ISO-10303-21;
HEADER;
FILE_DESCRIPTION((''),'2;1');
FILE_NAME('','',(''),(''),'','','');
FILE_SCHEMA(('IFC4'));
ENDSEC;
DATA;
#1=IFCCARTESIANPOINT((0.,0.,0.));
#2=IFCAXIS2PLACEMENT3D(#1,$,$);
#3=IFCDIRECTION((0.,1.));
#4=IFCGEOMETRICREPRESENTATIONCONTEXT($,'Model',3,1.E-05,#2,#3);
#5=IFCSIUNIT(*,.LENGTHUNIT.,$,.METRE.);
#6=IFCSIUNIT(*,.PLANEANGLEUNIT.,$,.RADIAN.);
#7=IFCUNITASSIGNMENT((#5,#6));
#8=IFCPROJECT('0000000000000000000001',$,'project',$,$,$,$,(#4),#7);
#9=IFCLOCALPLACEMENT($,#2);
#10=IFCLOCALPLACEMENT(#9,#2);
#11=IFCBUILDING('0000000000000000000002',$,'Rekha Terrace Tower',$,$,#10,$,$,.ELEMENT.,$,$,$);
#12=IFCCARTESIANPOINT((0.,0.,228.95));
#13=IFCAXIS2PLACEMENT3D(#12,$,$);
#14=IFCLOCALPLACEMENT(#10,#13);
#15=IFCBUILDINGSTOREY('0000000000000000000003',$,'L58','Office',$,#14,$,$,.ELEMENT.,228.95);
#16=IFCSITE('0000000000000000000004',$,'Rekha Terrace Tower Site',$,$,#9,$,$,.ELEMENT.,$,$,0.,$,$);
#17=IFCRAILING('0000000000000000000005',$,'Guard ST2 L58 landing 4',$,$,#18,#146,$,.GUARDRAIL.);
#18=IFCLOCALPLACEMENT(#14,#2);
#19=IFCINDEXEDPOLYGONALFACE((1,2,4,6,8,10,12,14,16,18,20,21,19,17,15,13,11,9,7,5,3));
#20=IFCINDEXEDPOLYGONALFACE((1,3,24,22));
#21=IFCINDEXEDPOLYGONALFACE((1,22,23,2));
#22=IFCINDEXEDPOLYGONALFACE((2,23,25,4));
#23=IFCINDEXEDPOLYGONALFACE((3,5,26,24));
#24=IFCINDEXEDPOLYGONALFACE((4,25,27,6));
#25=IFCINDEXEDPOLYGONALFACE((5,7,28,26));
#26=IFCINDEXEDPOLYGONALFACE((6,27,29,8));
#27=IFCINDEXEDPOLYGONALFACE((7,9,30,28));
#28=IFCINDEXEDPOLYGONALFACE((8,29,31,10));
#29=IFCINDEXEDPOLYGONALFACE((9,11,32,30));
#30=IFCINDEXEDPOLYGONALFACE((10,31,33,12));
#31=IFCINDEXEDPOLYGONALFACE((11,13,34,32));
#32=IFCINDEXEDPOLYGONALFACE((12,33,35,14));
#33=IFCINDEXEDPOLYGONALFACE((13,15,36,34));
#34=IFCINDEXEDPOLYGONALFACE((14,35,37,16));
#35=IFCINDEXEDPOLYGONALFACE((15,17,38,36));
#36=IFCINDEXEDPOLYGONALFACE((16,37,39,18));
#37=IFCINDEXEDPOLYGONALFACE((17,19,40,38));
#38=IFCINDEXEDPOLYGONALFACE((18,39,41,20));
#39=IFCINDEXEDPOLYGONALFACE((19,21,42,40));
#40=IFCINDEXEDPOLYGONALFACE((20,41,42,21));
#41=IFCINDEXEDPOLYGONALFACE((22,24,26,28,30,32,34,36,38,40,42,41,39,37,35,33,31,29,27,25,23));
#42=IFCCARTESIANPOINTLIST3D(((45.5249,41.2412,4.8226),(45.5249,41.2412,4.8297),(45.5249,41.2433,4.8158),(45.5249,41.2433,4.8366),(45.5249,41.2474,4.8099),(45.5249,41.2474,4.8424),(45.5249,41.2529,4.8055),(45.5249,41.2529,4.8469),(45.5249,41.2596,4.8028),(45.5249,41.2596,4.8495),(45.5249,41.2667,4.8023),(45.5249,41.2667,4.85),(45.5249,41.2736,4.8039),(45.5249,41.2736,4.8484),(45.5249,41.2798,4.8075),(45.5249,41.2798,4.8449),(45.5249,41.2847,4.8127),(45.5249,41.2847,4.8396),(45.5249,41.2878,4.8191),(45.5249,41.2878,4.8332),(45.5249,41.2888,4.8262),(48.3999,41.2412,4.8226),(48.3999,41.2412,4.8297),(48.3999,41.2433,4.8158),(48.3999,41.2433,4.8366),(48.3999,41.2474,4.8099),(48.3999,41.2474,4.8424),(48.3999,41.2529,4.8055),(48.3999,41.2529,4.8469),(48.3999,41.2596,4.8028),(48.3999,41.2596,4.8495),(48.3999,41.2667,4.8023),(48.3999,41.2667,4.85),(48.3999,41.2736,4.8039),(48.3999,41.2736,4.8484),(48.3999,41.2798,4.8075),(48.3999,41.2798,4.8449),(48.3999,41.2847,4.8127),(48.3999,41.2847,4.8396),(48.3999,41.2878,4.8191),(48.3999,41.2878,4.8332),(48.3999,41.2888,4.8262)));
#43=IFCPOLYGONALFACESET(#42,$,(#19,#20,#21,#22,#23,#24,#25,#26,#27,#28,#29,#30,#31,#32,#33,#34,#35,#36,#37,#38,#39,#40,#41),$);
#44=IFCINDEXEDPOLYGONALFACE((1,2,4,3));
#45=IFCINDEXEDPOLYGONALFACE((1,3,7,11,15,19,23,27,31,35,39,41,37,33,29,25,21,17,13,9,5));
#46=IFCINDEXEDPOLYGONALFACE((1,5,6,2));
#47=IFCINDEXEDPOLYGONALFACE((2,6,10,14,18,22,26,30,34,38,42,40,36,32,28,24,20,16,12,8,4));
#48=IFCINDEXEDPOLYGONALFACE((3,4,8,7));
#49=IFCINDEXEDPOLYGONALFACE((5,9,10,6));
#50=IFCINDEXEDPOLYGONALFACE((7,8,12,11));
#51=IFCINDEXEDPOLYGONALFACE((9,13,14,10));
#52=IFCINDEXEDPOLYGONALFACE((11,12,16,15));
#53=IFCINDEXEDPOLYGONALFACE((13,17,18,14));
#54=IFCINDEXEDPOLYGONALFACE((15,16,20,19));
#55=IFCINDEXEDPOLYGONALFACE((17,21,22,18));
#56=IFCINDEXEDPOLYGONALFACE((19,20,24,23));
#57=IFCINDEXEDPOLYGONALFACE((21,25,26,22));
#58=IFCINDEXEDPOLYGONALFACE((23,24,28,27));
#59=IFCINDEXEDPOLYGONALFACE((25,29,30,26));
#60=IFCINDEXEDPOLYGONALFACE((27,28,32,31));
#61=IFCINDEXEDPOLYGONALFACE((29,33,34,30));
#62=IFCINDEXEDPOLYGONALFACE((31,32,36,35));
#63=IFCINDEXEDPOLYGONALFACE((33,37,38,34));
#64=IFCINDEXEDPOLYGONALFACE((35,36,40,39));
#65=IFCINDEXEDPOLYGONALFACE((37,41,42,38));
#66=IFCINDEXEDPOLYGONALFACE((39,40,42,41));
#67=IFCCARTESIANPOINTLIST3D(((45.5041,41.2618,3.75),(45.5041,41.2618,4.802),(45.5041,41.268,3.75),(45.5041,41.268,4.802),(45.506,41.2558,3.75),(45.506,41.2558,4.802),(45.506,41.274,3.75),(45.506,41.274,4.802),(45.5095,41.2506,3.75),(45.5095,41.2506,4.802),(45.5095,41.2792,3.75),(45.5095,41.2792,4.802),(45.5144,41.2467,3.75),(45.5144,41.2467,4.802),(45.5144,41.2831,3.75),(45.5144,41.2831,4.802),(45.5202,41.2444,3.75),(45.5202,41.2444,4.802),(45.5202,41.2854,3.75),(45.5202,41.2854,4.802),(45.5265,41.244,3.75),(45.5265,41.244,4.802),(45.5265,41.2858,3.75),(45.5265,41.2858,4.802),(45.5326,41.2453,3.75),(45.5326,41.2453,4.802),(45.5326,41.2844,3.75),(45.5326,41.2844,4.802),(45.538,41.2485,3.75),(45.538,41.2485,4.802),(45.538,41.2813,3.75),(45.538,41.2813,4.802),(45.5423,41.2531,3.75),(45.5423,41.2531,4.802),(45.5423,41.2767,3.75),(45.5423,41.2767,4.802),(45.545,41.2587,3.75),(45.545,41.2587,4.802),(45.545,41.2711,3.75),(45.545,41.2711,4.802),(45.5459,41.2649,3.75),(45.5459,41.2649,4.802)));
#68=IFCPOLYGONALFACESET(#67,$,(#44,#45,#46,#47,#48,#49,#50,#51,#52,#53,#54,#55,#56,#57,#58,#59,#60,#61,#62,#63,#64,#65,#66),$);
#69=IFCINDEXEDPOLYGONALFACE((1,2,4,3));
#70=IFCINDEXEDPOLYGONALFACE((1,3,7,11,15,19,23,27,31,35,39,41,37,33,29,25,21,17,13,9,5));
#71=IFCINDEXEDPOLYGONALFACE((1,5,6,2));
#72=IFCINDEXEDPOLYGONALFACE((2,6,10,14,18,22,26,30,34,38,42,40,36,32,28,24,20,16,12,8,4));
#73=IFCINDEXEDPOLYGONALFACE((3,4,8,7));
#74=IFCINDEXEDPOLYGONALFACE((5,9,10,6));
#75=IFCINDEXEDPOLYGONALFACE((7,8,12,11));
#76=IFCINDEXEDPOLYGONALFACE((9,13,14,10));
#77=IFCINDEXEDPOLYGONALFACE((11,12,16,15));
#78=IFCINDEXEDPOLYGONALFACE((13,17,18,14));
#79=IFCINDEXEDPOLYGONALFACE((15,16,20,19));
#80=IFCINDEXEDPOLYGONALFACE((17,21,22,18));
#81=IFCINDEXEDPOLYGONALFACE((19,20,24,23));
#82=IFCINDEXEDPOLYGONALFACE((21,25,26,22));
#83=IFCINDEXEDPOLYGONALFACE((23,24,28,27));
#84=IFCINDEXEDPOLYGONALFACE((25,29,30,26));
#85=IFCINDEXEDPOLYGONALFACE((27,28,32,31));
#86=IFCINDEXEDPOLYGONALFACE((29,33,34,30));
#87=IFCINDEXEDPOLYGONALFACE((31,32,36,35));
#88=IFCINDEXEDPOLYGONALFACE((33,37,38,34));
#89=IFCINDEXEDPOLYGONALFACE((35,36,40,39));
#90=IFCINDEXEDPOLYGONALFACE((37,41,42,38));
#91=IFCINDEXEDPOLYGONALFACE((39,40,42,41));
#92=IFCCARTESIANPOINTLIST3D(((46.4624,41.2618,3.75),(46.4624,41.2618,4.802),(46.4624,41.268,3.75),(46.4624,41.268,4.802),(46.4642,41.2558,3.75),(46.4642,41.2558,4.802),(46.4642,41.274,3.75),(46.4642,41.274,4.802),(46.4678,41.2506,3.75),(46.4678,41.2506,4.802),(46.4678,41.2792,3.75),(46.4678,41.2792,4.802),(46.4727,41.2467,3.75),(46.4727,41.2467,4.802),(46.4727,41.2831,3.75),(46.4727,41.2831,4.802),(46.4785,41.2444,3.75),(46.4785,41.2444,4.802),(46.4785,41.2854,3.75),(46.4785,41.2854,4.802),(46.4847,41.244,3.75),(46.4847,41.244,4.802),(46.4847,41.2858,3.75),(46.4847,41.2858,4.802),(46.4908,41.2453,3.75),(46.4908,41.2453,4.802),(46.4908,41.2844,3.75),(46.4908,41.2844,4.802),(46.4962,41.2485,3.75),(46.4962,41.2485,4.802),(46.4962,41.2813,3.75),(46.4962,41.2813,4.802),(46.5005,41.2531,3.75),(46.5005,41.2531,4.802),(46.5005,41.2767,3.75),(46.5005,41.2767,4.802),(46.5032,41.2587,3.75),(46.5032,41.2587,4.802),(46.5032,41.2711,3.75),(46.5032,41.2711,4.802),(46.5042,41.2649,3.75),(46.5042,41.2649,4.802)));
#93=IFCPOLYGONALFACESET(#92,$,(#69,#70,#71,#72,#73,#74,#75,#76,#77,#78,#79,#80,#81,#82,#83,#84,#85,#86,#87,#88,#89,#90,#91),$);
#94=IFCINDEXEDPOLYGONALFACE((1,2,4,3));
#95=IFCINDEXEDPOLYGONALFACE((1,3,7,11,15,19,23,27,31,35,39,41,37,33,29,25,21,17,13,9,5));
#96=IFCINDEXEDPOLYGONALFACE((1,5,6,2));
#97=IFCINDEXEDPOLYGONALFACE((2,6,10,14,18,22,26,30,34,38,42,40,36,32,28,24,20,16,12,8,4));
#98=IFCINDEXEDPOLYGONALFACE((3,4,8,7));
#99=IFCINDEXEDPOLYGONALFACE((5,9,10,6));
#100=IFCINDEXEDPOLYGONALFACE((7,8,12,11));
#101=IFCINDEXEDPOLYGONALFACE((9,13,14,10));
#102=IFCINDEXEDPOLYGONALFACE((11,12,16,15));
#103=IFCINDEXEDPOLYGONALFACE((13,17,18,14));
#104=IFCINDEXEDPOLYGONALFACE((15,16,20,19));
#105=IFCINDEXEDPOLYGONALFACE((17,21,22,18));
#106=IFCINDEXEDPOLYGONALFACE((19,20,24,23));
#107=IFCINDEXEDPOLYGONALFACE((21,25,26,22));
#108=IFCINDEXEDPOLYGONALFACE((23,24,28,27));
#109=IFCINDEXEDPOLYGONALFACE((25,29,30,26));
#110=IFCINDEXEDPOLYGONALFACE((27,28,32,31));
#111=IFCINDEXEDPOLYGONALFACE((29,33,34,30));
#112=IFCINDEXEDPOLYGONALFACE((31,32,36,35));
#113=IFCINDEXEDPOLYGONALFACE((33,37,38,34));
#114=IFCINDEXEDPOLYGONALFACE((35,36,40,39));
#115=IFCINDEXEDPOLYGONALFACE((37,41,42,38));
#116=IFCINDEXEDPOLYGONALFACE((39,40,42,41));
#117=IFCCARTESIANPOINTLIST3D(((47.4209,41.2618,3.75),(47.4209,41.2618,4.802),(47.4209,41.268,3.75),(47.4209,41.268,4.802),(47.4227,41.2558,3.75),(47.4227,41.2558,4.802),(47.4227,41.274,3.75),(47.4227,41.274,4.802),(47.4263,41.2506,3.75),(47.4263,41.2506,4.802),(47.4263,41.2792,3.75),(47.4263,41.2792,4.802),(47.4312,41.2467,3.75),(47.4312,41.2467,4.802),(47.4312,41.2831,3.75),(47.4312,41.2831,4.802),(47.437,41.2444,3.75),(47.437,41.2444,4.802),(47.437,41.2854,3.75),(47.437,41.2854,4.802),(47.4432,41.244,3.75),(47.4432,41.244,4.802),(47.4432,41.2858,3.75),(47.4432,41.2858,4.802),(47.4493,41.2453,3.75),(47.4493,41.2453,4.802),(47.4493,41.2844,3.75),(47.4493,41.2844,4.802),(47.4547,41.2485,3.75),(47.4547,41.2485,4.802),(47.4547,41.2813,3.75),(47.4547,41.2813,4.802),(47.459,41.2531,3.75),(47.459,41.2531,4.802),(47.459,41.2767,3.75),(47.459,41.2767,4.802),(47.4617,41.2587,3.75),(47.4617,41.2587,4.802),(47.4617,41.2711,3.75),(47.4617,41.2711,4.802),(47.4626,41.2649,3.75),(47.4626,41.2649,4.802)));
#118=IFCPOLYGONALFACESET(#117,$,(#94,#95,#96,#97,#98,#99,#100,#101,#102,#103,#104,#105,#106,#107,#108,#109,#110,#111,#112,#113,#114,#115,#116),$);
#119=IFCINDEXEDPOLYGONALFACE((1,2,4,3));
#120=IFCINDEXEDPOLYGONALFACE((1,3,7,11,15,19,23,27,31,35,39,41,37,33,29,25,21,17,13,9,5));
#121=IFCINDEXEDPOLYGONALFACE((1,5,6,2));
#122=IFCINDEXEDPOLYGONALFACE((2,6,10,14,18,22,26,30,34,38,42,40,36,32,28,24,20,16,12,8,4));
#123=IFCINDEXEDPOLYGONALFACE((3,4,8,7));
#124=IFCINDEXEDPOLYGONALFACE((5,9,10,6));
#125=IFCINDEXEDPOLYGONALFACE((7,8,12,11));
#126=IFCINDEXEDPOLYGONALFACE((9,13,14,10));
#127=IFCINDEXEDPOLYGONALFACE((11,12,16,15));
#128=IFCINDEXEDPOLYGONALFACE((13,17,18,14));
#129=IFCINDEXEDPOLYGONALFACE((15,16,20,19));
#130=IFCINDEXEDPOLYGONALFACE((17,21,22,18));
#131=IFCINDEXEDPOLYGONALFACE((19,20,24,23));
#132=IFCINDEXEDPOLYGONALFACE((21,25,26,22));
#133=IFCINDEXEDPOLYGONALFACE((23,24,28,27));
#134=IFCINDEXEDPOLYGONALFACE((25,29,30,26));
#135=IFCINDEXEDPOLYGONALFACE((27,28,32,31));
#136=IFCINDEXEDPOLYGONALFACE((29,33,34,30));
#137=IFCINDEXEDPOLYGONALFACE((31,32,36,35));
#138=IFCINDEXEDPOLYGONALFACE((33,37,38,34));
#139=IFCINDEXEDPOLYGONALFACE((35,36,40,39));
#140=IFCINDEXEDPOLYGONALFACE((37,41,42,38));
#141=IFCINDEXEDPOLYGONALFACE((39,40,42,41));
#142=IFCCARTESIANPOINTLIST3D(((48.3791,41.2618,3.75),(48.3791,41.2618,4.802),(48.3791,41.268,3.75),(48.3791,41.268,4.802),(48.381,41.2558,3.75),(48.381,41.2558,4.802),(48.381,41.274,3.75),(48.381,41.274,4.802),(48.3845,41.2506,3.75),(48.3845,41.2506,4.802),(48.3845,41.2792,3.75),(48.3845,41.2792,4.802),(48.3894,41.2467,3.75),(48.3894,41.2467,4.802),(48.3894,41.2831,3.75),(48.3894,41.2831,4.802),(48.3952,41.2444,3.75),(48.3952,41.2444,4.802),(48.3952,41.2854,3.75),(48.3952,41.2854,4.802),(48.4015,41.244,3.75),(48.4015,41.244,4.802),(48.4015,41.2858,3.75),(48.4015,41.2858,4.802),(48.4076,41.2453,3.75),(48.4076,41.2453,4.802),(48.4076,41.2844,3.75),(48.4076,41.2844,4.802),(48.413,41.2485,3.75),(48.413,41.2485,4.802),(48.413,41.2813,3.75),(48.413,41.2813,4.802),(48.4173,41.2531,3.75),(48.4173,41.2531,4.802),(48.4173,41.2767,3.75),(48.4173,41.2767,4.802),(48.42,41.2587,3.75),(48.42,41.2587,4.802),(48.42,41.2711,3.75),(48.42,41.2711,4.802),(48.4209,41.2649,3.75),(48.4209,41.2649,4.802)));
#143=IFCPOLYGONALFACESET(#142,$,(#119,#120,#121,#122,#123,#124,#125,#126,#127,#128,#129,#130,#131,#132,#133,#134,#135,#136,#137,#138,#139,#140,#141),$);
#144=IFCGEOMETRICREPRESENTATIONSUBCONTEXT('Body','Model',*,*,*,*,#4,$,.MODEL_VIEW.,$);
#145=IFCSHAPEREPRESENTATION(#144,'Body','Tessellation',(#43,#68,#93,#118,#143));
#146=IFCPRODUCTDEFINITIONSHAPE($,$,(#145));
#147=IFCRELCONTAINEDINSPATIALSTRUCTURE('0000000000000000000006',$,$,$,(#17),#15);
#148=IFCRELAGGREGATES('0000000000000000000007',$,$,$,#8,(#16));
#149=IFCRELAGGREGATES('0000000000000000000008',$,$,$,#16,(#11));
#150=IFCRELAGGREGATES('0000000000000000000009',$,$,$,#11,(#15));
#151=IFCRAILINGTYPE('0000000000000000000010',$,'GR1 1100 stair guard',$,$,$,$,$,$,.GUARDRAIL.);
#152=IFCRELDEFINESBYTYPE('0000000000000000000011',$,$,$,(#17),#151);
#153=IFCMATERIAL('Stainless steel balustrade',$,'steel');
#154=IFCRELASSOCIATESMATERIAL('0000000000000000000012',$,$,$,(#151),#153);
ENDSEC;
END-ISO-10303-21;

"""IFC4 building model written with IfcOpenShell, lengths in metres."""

from ifc_helpers import new_model, si_unit, direction, frame, origin, origin_2d, place, context, subcontext, project, spatial, circle, extrude, material, type_object, element, save


model = new_model("IFC4")

# Units and contexts
model_context = context("Model", 3, precision=1e-05, world=origin(), true_north=direction((0.0, 1.0)))
body_context = subcontext(model_context, "Body", "Model", "MODEL_VIEW")
ifc_project = project(units=[si_unit("LENGTHUNIT", "METRE"), si_unit("PLANEANGLEUNIT", "RADIAN")], contexts=[model_context])

# Site, building, storey
site_placement = place(None, origin())
site = spatial("IfcSite", under=ifc_project, at=site_placement, Name="Rekha Terrace Tower Site", CompositionType="ELEMENT", RefElevation=0.0)
building_placement = place(site_placement, origin())
building = spatial("IfcBuilding", under=site, at=building_placement, Name="Rekha Terrace Tower", CompositionType="ELEMENT")
storey_placement = place(building_placement, frame((0.0, 0.0, 228.95)))
storey = spatial("IfcBuildingStorey", under=building, at=storey_placement, Name="L58", Description="Office", CompositionType="ELEMENT", Elevation=228.95)

# Railing
ifc_material_1 = material(Name="Stainless steel balustrade", Category="steel")
railing_type_1 = type_object("IfcRailingType", Name="GR1 1100 stair guard", PredefinedType="GUARDRAIL", material=ifc_material_1)
railing_1_placement = place(storey_placement, frame((45.5249, 41.2649, 3.75)))
element("IfcRailing", 1, at=railing_1_placement, inside=storey, type_object=railing_type_1, Name="Guard ST2 L58 landing 4", PredefinedType="GUARDRAIL", context=body_context, shape_type="SweptSolid", body=[
    extrude(circle(Radius=0.0239, at=origin_2d()), frame((0.0, 0.0, 1.0762), z_axis=(1.0, 0.0, 0.0), x_axis=(0.0, 1.0, 0.0)), (0.0, 0.0, 1.0), 2.875),
    extrude(circle(Radius=0.021, at=origin_2d()), origin(), (0.0, 0.0, 1.0), 1.052),
    extrude(circle(Radius=0.021, at=origin_2d()), frame((0.9583, 0.0, 0.0)), (0.0, 0.0, 1.0), 1.052),
    extrude(circle(Radius=0.021, at=origin_2d()), frame((1.9167, 0.0, 0.0)), (0.0, 0.0, 1.0), 1.052),
    extrude(circle(Radius=0.021, at=origin_2d()), frame((2.875, 0.0, 0.0)), (0.0, 0.0, 1.0), 1.052),
])

save(model, "model.ifc")
